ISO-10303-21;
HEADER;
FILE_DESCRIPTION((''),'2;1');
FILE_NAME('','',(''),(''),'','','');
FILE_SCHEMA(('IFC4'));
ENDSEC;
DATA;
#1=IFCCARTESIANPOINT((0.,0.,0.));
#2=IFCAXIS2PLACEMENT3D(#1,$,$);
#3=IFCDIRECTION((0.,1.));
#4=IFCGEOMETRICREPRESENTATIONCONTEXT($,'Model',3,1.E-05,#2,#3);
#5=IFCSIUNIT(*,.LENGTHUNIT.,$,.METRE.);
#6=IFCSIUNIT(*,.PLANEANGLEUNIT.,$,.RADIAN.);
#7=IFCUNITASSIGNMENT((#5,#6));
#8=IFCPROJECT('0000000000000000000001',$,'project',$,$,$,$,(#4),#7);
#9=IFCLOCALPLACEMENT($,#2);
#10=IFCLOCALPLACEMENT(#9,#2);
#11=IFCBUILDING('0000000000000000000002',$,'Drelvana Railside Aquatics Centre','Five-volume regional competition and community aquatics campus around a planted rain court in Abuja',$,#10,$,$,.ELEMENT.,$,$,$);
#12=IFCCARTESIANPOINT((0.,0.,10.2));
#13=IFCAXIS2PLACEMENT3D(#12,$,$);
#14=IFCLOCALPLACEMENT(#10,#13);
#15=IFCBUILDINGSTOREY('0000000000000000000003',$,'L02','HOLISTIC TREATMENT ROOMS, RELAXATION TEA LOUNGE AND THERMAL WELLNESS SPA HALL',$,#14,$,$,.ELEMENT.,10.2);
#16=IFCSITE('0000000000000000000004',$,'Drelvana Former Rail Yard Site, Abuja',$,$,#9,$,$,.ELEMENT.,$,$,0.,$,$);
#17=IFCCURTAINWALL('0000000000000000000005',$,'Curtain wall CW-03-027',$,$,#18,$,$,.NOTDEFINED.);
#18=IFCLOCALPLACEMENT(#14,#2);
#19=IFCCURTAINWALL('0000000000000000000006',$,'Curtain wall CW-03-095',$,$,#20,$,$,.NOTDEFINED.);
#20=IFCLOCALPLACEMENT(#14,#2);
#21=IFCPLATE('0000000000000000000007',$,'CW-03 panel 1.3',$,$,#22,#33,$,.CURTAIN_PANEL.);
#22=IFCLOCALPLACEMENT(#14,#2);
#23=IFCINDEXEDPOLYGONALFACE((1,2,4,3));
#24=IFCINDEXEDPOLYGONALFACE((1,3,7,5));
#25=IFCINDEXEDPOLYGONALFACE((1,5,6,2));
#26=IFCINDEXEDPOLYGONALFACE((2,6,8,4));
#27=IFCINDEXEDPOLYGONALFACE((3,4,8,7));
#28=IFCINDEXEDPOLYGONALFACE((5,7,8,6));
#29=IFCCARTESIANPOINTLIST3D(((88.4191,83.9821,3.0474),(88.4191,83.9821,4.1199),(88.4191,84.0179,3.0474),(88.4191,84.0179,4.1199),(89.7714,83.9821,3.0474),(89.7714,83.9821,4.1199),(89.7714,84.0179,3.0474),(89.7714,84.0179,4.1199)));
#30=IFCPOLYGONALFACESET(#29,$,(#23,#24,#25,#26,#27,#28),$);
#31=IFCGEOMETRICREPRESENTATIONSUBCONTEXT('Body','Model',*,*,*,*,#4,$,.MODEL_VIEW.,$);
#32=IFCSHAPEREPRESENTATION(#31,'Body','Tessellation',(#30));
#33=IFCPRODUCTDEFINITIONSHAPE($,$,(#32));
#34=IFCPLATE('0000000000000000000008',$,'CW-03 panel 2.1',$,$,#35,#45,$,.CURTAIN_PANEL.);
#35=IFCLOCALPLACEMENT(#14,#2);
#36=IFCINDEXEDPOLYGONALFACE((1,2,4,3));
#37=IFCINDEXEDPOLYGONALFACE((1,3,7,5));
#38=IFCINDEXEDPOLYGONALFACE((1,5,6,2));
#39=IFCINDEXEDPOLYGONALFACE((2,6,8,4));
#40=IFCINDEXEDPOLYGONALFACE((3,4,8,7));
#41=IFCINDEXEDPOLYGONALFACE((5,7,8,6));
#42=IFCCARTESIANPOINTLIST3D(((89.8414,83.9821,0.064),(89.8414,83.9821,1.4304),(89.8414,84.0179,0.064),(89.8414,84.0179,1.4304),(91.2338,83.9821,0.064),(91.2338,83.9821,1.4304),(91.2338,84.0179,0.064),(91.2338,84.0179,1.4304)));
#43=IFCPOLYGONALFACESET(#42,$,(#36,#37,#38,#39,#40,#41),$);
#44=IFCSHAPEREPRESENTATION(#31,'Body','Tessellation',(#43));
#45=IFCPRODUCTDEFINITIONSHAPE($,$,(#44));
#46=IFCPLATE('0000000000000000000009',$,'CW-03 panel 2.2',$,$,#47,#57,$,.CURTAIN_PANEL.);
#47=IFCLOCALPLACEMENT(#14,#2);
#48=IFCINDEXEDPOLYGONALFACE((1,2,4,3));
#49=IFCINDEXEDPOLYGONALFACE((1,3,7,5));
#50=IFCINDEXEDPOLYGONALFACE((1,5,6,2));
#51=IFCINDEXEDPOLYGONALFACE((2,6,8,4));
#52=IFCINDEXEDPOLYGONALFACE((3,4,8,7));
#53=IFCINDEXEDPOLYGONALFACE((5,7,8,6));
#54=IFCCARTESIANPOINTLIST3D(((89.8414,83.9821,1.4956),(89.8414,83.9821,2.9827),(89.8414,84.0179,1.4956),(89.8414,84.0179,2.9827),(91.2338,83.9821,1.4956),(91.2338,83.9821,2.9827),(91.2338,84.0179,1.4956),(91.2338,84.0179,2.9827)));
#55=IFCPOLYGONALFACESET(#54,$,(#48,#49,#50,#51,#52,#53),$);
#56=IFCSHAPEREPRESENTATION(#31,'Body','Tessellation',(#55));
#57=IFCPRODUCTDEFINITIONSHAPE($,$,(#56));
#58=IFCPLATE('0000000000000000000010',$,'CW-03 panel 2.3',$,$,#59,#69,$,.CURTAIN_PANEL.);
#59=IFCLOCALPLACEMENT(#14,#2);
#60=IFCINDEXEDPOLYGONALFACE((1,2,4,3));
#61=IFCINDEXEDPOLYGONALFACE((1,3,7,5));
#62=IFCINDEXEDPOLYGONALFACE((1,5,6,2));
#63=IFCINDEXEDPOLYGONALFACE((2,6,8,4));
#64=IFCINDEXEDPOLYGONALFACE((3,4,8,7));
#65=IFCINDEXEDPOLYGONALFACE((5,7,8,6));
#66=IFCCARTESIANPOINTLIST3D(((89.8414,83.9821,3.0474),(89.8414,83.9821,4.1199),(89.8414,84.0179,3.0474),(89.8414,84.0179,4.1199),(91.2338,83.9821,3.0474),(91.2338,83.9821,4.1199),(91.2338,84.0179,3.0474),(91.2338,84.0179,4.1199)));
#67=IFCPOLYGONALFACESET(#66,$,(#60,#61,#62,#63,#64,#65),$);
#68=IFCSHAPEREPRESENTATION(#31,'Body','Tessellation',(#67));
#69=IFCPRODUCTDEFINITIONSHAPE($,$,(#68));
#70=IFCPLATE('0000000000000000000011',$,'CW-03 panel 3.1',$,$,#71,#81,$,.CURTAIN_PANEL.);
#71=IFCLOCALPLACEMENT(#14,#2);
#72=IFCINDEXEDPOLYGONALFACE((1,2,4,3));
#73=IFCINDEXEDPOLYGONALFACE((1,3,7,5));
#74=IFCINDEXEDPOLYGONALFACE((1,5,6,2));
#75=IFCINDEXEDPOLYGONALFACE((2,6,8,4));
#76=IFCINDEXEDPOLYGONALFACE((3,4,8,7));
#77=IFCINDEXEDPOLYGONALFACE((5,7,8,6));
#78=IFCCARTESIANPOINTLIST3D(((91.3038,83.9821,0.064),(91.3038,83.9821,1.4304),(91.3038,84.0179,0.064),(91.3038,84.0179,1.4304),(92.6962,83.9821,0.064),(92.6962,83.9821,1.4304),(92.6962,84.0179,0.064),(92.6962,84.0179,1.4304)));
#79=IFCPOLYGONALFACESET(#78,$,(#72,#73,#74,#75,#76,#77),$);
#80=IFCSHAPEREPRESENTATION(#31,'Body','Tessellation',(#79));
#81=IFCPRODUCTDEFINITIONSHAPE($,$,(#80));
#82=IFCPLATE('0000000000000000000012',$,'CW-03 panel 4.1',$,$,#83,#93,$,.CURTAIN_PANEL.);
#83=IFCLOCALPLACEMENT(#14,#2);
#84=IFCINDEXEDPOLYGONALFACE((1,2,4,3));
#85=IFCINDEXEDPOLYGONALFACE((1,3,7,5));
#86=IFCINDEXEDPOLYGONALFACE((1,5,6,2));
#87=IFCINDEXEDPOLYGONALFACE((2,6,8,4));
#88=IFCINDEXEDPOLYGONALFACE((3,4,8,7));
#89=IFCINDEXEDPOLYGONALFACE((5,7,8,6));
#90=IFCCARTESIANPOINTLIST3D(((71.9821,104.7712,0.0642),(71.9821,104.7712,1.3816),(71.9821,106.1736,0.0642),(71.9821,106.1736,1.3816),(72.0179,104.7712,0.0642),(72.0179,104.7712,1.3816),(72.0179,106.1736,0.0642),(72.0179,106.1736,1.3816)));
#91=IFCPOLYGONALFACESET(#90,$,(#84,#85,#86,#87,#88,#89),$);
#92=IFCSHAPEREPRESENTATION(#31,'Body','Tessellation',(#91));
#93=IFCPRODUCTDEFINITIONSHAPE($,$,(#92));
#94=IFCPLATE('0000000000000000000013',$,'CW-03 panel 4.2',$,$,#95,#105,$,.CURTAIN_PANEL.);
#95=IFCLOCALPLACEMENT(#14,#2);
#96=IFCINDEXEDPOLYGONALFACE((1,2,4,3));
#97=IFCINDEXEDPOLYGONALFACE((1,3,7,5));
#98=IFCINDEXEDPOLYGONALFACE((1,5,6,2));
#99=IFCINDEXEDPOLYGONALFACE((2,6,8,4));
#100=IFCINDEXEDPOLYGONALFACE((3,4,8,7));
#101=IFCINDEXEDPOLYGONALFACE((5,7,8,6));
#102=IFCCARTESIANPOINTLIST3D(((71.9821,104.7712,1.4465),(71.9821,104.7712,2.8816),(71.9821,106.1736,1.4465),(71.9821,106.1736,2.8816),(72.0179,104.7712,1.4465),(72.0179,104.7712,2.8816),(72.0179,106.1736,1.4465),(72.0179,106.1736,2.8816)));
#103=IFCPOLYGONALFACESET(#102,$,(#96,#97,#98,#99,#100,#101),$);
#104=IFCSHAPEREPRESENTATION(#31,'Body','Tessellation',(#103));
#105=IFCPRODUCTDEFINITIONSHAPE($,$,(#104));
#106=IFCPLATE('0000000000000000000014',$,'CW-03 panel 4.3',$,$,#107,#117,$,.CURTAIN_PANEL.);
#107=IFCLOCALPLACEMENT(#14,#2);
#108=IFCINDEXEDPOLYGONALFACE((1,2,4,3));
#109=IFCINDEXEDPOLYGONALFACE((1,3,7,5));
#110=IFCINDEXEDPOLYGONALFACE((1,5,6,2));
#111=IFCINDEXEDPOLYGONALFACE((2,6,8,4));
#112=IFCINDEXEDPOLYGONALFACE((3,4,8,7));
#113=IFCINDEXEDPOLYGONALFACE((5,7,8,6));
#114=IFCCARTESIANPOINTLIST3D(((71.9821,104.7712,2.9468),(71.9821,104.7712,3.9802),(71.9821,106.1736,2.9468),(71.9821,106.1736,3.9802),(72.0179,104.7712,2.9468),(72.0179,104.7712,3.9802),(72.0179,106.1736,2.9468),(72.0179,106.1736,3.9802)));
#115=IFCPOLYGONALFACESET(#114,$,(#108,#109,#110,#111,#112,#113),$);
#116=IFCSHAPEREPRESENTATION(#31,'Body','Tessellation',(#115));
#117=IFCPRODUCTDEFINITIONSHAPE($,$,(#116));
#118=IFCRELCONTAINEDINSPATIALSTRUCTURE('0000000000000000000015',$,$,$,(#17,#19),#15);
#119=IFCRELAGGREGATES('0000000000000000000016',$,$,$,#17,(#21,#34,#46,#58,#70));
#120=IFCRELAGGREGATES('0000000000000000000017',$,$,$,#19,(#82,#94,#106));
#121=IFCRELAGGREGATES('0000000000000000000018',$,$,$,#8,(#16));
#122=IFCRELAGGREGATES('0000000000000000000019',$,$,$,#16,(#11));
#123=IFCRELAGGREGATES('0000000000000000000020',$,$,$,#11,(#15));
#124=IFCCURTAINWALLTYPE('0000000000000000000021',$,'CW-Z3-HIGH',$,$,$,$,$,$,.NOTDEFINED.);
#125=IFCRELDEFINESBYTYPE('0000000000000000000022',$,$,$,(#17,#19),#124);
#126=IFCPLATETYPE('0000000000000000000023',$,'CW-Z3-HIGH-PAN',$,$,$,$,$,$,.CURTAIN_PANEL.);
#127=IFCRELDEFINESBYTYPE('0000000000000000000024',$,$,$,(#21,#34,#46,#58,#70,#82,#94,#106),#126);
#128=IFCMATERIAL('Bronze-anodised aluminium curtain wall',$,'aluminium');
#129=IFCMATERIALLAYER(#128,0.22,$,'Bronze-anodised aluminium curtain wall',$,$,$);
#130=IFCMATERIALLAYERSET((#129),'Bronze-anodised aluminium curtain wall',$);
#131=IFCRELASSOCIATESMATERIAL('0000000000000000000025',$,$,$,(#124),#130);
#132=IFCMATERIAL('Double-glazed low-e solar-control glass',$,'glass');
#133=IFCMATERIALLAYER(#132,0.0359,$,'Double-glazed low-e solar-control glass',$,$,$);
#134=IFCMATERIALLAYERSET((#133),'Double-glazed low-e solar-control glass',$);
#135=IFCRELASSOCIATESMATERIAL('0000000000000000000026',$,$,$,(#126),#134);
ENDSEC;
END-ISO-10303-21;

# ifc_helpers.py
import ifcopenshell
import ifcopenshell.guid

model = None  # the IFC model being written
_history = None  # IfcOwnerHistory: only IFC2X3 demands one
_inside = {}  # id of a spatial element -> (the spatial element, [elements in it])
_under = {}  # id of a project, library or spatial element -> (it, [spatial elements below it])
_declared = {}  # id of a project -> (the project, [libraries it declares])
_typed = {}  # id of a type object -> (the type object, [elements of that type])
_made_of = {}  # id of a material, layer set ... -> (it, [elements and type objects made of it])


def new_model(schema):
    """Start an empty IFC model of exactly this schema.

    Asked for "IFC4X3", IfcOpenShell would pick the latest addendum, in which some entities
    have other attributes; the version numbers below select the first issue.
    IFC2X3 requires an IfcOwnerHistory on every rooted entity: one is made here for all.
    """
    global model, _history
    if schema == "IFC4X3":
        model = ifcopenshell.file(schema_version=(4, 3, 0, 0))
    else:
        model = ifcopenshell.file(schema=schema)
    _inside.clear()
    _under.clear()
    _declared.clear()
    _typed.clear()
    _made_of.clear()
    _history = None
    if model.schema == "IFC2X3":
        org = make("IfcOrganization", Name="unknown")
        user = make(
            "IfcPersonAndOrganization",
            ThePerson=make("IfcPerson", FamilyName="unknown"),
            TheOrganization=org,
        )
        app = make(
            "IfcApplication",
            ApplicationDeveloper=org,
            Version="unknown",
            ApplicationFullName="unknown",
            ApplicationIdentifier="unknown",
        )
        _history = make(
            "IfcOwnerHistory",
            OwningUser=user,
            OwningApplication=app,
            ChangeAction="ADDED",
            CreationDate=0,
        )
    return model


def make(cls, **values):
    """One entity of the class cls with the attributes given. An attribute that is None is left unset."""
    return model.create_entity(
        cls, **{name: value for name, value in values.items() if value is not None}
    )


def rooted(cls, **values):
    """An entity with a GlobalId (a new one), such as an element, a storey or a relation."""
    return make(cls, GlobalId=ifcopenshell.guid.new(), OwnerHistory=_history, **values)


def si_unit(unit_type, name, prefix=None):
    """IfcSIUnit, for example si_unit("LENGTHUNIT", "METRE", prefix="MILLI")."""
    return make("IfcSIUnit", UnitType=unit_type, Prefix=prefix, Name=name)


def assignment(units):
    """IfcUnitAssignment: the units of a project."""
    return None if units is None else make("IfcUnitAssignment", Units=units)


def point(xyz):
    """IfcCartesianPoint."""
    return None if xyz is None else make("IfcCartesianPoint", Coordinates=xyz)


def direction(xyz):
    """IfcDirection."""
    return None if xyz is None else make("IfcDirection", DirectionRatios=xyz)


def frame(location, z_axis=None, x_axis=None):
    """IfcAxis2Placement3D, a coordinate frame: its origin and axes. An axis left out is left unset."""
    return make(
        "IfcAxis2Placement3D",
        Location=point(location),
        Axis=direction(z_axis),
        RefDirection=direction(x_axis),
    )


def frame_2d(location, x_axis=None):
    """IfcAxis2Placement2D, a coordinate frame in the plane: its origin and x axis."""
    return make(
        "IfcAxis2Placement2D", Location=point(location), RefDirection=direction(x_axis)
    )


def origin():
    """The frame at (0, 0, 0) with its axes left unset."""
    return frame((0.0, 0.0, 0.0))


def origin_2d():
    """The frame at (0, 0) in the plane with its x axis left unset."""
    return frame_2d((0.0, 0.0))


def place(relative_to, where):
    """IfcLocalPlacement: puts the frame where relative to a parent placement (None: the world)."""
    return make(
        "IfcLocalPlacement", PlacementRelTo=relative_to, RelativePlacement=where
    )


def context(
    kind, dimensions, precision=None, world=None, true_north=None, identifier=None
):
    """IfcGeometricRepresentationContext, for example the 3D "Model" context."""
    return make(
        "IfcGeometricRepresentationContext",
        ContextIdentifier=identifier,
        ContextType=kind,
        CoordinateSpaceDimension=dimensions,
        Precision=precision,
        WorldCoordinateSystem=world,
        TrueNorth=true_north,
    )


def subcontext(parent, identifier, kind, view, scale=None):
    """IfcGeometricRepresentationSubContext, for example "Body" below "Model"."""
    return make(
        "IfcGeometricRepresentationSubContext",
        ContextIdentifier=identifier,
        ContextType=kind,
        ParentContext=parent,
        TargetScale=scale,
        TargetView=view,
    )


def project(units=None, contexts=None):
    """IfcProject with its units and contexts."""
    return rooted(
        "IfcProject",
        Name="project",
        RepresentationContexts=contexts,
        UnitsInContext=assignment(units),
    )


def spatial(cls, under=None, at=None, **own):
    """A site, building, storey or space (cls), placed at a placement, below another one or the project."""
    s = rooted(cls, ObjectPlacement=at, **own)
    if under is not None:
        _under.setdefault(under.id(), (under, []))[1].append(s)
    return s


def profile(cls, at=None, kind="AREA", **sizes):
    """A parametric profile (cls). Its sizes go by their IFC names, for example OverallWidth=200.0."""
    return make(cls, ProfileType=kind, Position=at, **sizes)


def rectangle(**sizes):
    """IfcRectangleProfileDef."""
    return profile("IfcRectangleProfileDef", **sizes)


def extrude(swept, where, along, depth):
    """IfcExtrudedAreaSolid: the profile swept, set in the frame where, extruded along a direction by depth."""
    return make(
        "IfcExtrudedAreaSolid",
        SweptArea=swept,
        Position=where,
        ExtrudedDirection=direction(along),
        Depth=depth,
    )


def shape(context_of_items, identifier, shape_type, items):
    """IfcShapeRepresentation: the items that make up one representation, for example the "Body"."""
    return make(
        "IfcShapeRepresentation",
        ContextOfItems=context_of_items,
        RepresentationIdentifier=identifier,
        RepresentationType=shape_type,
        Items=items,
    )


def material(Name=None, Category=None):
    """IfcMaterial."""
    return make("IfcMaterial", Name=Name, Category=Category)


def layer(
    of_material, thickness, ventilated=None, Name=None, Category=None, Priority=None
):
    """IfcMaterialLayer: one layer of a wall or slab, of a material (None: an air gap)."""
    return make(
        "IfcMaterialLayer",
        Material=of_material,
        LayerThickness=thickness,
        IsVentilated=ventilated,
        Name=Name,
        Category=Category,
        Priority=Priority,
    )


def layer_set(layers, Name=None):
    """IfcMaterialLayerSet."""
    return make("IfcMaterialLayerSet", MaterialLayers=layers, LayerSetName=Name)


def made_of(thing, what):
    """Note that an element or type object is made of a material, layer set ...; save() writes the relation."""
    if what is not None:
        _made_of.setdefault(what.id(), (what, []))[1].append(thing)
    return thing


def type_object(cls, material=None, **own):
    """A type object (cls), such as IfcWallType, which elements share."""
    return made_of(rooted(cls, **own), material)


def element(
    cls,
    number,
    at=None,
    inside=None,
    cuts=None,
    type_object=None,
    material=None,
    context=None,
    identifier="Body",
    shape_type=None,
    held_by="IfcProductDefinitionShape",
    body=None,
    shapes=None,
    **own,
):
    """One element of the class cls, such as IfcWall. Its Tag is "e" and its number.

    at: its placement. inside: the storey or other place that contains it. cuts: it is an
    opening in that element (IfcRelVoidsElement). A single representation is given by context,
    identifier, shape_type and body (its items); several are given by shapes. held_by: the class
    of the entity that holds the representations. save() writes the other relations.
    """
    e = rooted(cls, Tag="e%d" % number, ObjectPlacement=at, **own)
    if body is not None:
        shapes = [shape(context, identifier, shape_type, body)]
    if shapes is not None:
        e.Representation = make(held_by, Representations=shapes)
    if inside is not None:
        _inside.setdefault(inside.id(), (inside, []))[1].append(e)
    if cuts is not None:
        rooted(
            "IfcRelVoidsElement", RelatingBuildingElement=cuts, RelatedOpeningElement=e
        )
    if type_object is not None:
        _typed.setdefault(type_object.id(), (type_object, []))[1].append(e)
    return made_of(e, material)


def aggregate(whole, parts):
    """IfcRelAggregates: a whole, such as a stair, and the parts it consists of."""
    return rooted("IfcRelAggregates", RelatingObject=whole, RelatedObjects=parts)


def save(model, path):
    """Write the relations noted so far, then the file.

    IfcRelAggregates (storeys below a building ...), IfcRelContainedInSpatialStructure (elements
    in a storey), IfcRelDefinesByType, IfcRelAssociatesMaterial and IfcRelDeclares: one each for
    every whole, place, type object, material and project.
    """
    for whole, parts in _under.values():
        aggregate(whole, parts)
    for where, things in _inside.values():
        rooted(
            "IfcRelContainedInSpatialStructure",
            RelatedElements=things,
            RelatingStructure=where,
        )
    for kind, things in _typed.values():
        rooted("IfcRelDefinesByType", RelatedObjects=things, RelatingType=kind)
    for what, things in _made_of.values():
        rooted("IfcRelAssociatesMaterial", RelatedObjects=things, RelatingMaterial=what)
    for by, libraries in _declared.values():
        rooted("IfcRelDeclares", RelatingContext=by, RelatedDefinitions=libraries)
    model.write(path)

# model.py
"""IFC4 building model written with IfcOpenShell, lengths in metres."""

from ifc_helpers import new_model, si_unit, direction, frame, origin, origin_2d, place, context, subcontext, project, spatial, rectangle, extrude, material, layer, layer_set, type_object, element, aggregate, save


model = new_model("IFC4")

# Units and contexts
model_context = context("Model", 3, precision=1e-05, world=origin(), true_north=direction((0.0, 1.0)))
body_context = subcontext(model_context, "Body", "Model", "MODEL_VIEW")
ifc_project = project(units=[si_unit("LENGTHUNIT", "METRE"), si_unit("PLANEANGLEUNIT", "RADIAN")], contexts=[model_context])

# Site, building, storey
site_placement = place(None, origin())
site = spatial("IfcSite", under=ifc_project, at=site_placement, Name="Drelvana Former Rail Yard Site, Abuja", CompositionType="ELEMENT", RefElevation=0.0)
building_placement = place(site_placement, origin())
building = spatial("IfcBuilding", under=site, at=building_placement, Name="Drelvana Railside Aquatics Centre", Description="Five-volume regional competition and community aquatics campus around a planted rain court in Abuja", CompositionType="ELEMENT")
storey_placement = place(building_placement, frame((0.0, 0.0, 10.2)))
storey = spatial("IfcBuildingStorey", under=building, at=storey_placement, Name="L02", Description="HOLISTIC TREATMENT ROOMS, RELAXATION TEA LOUNGE AND THERMAL WELLNESS SPA HALL", CompositionType="ELEMENT", Elevation=10.2)

# Curtain wall
ifc_material_1 = material(Name="Bronze-anodised aluminium curtain wall", Category="aluminium")
ifc_layer_1 = layer(ifc_material_1, 0.22, Name="Bronze-anodised aluminium curtain wall")
ifc_layer_set_1 = layer_set([ifc_layer_1], Name="Bronze-anodised aluminium curtain wall")
curtain_wall_type = type_object("IfcCurtainWallType", Name="CW-Z3-HIGH", PredefinedType="NOTDEFINED", material=ifc_layer_set_1)
curtain_wall_1_placement = place(storey_placement, origin())
curtain_wall_1 = element("IfcCurtainWall", 1, at=curtain_wall_1_placement, inside=storey, type_object=curtain_wall_type, Name="Curtain wall CW-03-027", PredefinedType="NOTDEFINED")

# Curtain wall
curtain_wall_2_placement = place(storey_placement, origin())
curtain_wall_2 = element("IfcCurtainWall", 2, at=curtain_wall_2_placement, inside=storey, type_object=curtain_wall_type, Name="Curtain wall CW-03-095", PredefinedType="NOTDEFINED")

# Plates
ifc_material_2 = material(Name="Double-glazed low-e solar-control glass", Category="glass")
ifc_layer_2 = layer(ifc_material_2, 0.0359, Name="Double-glazed low-e solar-control glass")
ifc_layer_set_2 = layer_set([ifc_layer_2], Name="Double-glazed low-e solar-control glass")
plate_type = type_object("IfcPlateType", Name="CW-Z3-HIGH-PAN", PredefinedType="CURTAIN_PANEL", material=ifc_layer_set_2)
plate_1_placement = place(storey_placement, frame((89.0952, 84.0, 3.0474), z_axis=(0.0, 0.0, 1.0), x_axis=(1.0, 0.0, 0.0)))
plate_1 = element("IfcPlate", 3, at=plate_1_placement, type_object=plate_type, Name="CW-03 panel 1.3", PredefinedType="CURTAIN_PANEL", context=body_context, shape_type="SweptSolid", body=[
    extrude(rectangle(XDim=1.3523, YDim=0.0359, at=origin_2d()), origin(), (0.0, 0.0, 1.0), 1.0725),
])
plate_2_placement = place(storey_placement, frame((90.5376, 84.0, 0.064), z_axis=(0.0, 0.0, 1.0), x_axis=(1.0, 0.0, 0.0)))
plate_2 = element("IfcPlate", 4, at=plate_2_placement, type_object=plate_type, Name="CW-03 panel 2.1", PredefinedType="CURTAIN_PANEL", context=body_context, shape_type="SweptSolid", body=[
    extrude(rectangle(XDim=1.3923, YDim=0.0359, at=origin_2d()), origin(), (0.0, 0.0, 1.0), 1.3665),
])
plate_3_placement = place(storey_placement, frame((90.5376, 84.0, 1.4956), z_axis=(0.0, 0.0, 1.0), x_axis=(1.0, 0.0, 0.0)))
plate_3 = element("IfcPlate", 5, at=plate_3_placement, type_object=plate_type, Name="CW-03 panel 2.2", PredefinedType="CURTAIN_PANEL", context=body_context, shape_type="SweptSolid", body=[
    extrude(rectangle(XDim=1.3923, YDim=0.0359, at=origin_2d()), origin(), (0.0, 0.0, 1.0), 1.4871),
])
plate_4_placement = place(storey_placement, frame((90.5376, 84.0, 3.0474), z_axis=(0.0, 0.0, 1.0), x_axis=(1.0, 0.0, 0.0)))
plate_4 = element("IfcPlate", 6, at=plate_4_placement, type_object=plate_type, Name="CW-03 panel 2.3", PredefinedType="CURTAIN_PANEL", context=body_context, shape_type="SweptSolid", body=[
    extrude(rectangle(XDim=1.3923, YDim=0.0359, at=origin_2d()), origin(), (0.0, 0.0, 1.0), 1.0725),
])
plate_5_placement = place(storey_placement, frame((92.0, 84.0, 0.064), z_axis=(0.0, 0.0, 1.0), x_axis=(1.0, 0.0, 0.0)))
plate_5 = element("IfcPlate", 7, at=plate_5_placement, type_object=plate_type, Name="CW-03 panel 3.1", PredefinedType="CURTAIN_PANEL", context=body_context, shape_type="SweptSolid", body=[
    extrude(rectangle(XDim=1.3923, YDim=0.0359, at=origin_2d()), origin(), (0.0, 0.0, 1.0), 1.3665),
])
aggregate(curtain_wall_1, [plate_1, plate_2, plate_3, plate_4, plate_5])
plate_6_placement = place(storey_placement, frame((72.0, 105.4724, 0.0642), z_axis=(0.0, 0.0, 1.0), x_axis=(0.0, 1.0, 0.0)))
plate_6 = element("IfcPlate", 8, at=plate_6_placement, type_object=plate_type, Name="CW-03 panel 4.1", PredefinedType="CURTAIN_PANEL", context=body_context, shape_type="SweptSolid", body=[
    extrude(rectangle(XDim=1.4023, YDim=0.0359, at=origin_2d()), origin(), (0.0, 0.0, 1.0), 1.3174),
])
plate_7_placement = place(storey_placement, frame((72.0, 105.4724, 1.4465), z_axis=(0.0, 0.0, 1.0), x_axis=(0.0, 1.0, 0.0)))
plate_7 = element("IfcPlate", 9, at=plate_7_placement, type_object=plate_type, Name="CW-03 panel 4.2", PredefinedType="CURTAIN_PANEL", context=body_context, shape_type="SweptSolid", body=[
    extrude(rectangle(XDim=1.4023, YDim=0.0359, at=origin_2d()), origin(), (0.0, 0.0, 1.0), 1.4351),
])
plate_8_placement = place(storey_placement, frame((72.0, 105.4724, 2.9468), z_axis=(0.0, 0.0, 1.0), x_axis=(0.0, 1.0, 0.0)))
plate_8 = element("IfcPlate", 10, at=plate_8_placement, type_object=plate_type, Name="CW-03 panel 4.3", PredefinedType="CURTAIN_PANEL", context=body_context, shape_type="SweptSolid", body=[
    extrude(rectangle(XDim=1.4023, YDim=0.0359, at=origin_2d()), origin(), (0.0, 0.0, 1.0), 1.0334),
])
aggregate(curtain_wall_2, [plate_6, plate_7, plate_8])

save(model, "model.ifc")
